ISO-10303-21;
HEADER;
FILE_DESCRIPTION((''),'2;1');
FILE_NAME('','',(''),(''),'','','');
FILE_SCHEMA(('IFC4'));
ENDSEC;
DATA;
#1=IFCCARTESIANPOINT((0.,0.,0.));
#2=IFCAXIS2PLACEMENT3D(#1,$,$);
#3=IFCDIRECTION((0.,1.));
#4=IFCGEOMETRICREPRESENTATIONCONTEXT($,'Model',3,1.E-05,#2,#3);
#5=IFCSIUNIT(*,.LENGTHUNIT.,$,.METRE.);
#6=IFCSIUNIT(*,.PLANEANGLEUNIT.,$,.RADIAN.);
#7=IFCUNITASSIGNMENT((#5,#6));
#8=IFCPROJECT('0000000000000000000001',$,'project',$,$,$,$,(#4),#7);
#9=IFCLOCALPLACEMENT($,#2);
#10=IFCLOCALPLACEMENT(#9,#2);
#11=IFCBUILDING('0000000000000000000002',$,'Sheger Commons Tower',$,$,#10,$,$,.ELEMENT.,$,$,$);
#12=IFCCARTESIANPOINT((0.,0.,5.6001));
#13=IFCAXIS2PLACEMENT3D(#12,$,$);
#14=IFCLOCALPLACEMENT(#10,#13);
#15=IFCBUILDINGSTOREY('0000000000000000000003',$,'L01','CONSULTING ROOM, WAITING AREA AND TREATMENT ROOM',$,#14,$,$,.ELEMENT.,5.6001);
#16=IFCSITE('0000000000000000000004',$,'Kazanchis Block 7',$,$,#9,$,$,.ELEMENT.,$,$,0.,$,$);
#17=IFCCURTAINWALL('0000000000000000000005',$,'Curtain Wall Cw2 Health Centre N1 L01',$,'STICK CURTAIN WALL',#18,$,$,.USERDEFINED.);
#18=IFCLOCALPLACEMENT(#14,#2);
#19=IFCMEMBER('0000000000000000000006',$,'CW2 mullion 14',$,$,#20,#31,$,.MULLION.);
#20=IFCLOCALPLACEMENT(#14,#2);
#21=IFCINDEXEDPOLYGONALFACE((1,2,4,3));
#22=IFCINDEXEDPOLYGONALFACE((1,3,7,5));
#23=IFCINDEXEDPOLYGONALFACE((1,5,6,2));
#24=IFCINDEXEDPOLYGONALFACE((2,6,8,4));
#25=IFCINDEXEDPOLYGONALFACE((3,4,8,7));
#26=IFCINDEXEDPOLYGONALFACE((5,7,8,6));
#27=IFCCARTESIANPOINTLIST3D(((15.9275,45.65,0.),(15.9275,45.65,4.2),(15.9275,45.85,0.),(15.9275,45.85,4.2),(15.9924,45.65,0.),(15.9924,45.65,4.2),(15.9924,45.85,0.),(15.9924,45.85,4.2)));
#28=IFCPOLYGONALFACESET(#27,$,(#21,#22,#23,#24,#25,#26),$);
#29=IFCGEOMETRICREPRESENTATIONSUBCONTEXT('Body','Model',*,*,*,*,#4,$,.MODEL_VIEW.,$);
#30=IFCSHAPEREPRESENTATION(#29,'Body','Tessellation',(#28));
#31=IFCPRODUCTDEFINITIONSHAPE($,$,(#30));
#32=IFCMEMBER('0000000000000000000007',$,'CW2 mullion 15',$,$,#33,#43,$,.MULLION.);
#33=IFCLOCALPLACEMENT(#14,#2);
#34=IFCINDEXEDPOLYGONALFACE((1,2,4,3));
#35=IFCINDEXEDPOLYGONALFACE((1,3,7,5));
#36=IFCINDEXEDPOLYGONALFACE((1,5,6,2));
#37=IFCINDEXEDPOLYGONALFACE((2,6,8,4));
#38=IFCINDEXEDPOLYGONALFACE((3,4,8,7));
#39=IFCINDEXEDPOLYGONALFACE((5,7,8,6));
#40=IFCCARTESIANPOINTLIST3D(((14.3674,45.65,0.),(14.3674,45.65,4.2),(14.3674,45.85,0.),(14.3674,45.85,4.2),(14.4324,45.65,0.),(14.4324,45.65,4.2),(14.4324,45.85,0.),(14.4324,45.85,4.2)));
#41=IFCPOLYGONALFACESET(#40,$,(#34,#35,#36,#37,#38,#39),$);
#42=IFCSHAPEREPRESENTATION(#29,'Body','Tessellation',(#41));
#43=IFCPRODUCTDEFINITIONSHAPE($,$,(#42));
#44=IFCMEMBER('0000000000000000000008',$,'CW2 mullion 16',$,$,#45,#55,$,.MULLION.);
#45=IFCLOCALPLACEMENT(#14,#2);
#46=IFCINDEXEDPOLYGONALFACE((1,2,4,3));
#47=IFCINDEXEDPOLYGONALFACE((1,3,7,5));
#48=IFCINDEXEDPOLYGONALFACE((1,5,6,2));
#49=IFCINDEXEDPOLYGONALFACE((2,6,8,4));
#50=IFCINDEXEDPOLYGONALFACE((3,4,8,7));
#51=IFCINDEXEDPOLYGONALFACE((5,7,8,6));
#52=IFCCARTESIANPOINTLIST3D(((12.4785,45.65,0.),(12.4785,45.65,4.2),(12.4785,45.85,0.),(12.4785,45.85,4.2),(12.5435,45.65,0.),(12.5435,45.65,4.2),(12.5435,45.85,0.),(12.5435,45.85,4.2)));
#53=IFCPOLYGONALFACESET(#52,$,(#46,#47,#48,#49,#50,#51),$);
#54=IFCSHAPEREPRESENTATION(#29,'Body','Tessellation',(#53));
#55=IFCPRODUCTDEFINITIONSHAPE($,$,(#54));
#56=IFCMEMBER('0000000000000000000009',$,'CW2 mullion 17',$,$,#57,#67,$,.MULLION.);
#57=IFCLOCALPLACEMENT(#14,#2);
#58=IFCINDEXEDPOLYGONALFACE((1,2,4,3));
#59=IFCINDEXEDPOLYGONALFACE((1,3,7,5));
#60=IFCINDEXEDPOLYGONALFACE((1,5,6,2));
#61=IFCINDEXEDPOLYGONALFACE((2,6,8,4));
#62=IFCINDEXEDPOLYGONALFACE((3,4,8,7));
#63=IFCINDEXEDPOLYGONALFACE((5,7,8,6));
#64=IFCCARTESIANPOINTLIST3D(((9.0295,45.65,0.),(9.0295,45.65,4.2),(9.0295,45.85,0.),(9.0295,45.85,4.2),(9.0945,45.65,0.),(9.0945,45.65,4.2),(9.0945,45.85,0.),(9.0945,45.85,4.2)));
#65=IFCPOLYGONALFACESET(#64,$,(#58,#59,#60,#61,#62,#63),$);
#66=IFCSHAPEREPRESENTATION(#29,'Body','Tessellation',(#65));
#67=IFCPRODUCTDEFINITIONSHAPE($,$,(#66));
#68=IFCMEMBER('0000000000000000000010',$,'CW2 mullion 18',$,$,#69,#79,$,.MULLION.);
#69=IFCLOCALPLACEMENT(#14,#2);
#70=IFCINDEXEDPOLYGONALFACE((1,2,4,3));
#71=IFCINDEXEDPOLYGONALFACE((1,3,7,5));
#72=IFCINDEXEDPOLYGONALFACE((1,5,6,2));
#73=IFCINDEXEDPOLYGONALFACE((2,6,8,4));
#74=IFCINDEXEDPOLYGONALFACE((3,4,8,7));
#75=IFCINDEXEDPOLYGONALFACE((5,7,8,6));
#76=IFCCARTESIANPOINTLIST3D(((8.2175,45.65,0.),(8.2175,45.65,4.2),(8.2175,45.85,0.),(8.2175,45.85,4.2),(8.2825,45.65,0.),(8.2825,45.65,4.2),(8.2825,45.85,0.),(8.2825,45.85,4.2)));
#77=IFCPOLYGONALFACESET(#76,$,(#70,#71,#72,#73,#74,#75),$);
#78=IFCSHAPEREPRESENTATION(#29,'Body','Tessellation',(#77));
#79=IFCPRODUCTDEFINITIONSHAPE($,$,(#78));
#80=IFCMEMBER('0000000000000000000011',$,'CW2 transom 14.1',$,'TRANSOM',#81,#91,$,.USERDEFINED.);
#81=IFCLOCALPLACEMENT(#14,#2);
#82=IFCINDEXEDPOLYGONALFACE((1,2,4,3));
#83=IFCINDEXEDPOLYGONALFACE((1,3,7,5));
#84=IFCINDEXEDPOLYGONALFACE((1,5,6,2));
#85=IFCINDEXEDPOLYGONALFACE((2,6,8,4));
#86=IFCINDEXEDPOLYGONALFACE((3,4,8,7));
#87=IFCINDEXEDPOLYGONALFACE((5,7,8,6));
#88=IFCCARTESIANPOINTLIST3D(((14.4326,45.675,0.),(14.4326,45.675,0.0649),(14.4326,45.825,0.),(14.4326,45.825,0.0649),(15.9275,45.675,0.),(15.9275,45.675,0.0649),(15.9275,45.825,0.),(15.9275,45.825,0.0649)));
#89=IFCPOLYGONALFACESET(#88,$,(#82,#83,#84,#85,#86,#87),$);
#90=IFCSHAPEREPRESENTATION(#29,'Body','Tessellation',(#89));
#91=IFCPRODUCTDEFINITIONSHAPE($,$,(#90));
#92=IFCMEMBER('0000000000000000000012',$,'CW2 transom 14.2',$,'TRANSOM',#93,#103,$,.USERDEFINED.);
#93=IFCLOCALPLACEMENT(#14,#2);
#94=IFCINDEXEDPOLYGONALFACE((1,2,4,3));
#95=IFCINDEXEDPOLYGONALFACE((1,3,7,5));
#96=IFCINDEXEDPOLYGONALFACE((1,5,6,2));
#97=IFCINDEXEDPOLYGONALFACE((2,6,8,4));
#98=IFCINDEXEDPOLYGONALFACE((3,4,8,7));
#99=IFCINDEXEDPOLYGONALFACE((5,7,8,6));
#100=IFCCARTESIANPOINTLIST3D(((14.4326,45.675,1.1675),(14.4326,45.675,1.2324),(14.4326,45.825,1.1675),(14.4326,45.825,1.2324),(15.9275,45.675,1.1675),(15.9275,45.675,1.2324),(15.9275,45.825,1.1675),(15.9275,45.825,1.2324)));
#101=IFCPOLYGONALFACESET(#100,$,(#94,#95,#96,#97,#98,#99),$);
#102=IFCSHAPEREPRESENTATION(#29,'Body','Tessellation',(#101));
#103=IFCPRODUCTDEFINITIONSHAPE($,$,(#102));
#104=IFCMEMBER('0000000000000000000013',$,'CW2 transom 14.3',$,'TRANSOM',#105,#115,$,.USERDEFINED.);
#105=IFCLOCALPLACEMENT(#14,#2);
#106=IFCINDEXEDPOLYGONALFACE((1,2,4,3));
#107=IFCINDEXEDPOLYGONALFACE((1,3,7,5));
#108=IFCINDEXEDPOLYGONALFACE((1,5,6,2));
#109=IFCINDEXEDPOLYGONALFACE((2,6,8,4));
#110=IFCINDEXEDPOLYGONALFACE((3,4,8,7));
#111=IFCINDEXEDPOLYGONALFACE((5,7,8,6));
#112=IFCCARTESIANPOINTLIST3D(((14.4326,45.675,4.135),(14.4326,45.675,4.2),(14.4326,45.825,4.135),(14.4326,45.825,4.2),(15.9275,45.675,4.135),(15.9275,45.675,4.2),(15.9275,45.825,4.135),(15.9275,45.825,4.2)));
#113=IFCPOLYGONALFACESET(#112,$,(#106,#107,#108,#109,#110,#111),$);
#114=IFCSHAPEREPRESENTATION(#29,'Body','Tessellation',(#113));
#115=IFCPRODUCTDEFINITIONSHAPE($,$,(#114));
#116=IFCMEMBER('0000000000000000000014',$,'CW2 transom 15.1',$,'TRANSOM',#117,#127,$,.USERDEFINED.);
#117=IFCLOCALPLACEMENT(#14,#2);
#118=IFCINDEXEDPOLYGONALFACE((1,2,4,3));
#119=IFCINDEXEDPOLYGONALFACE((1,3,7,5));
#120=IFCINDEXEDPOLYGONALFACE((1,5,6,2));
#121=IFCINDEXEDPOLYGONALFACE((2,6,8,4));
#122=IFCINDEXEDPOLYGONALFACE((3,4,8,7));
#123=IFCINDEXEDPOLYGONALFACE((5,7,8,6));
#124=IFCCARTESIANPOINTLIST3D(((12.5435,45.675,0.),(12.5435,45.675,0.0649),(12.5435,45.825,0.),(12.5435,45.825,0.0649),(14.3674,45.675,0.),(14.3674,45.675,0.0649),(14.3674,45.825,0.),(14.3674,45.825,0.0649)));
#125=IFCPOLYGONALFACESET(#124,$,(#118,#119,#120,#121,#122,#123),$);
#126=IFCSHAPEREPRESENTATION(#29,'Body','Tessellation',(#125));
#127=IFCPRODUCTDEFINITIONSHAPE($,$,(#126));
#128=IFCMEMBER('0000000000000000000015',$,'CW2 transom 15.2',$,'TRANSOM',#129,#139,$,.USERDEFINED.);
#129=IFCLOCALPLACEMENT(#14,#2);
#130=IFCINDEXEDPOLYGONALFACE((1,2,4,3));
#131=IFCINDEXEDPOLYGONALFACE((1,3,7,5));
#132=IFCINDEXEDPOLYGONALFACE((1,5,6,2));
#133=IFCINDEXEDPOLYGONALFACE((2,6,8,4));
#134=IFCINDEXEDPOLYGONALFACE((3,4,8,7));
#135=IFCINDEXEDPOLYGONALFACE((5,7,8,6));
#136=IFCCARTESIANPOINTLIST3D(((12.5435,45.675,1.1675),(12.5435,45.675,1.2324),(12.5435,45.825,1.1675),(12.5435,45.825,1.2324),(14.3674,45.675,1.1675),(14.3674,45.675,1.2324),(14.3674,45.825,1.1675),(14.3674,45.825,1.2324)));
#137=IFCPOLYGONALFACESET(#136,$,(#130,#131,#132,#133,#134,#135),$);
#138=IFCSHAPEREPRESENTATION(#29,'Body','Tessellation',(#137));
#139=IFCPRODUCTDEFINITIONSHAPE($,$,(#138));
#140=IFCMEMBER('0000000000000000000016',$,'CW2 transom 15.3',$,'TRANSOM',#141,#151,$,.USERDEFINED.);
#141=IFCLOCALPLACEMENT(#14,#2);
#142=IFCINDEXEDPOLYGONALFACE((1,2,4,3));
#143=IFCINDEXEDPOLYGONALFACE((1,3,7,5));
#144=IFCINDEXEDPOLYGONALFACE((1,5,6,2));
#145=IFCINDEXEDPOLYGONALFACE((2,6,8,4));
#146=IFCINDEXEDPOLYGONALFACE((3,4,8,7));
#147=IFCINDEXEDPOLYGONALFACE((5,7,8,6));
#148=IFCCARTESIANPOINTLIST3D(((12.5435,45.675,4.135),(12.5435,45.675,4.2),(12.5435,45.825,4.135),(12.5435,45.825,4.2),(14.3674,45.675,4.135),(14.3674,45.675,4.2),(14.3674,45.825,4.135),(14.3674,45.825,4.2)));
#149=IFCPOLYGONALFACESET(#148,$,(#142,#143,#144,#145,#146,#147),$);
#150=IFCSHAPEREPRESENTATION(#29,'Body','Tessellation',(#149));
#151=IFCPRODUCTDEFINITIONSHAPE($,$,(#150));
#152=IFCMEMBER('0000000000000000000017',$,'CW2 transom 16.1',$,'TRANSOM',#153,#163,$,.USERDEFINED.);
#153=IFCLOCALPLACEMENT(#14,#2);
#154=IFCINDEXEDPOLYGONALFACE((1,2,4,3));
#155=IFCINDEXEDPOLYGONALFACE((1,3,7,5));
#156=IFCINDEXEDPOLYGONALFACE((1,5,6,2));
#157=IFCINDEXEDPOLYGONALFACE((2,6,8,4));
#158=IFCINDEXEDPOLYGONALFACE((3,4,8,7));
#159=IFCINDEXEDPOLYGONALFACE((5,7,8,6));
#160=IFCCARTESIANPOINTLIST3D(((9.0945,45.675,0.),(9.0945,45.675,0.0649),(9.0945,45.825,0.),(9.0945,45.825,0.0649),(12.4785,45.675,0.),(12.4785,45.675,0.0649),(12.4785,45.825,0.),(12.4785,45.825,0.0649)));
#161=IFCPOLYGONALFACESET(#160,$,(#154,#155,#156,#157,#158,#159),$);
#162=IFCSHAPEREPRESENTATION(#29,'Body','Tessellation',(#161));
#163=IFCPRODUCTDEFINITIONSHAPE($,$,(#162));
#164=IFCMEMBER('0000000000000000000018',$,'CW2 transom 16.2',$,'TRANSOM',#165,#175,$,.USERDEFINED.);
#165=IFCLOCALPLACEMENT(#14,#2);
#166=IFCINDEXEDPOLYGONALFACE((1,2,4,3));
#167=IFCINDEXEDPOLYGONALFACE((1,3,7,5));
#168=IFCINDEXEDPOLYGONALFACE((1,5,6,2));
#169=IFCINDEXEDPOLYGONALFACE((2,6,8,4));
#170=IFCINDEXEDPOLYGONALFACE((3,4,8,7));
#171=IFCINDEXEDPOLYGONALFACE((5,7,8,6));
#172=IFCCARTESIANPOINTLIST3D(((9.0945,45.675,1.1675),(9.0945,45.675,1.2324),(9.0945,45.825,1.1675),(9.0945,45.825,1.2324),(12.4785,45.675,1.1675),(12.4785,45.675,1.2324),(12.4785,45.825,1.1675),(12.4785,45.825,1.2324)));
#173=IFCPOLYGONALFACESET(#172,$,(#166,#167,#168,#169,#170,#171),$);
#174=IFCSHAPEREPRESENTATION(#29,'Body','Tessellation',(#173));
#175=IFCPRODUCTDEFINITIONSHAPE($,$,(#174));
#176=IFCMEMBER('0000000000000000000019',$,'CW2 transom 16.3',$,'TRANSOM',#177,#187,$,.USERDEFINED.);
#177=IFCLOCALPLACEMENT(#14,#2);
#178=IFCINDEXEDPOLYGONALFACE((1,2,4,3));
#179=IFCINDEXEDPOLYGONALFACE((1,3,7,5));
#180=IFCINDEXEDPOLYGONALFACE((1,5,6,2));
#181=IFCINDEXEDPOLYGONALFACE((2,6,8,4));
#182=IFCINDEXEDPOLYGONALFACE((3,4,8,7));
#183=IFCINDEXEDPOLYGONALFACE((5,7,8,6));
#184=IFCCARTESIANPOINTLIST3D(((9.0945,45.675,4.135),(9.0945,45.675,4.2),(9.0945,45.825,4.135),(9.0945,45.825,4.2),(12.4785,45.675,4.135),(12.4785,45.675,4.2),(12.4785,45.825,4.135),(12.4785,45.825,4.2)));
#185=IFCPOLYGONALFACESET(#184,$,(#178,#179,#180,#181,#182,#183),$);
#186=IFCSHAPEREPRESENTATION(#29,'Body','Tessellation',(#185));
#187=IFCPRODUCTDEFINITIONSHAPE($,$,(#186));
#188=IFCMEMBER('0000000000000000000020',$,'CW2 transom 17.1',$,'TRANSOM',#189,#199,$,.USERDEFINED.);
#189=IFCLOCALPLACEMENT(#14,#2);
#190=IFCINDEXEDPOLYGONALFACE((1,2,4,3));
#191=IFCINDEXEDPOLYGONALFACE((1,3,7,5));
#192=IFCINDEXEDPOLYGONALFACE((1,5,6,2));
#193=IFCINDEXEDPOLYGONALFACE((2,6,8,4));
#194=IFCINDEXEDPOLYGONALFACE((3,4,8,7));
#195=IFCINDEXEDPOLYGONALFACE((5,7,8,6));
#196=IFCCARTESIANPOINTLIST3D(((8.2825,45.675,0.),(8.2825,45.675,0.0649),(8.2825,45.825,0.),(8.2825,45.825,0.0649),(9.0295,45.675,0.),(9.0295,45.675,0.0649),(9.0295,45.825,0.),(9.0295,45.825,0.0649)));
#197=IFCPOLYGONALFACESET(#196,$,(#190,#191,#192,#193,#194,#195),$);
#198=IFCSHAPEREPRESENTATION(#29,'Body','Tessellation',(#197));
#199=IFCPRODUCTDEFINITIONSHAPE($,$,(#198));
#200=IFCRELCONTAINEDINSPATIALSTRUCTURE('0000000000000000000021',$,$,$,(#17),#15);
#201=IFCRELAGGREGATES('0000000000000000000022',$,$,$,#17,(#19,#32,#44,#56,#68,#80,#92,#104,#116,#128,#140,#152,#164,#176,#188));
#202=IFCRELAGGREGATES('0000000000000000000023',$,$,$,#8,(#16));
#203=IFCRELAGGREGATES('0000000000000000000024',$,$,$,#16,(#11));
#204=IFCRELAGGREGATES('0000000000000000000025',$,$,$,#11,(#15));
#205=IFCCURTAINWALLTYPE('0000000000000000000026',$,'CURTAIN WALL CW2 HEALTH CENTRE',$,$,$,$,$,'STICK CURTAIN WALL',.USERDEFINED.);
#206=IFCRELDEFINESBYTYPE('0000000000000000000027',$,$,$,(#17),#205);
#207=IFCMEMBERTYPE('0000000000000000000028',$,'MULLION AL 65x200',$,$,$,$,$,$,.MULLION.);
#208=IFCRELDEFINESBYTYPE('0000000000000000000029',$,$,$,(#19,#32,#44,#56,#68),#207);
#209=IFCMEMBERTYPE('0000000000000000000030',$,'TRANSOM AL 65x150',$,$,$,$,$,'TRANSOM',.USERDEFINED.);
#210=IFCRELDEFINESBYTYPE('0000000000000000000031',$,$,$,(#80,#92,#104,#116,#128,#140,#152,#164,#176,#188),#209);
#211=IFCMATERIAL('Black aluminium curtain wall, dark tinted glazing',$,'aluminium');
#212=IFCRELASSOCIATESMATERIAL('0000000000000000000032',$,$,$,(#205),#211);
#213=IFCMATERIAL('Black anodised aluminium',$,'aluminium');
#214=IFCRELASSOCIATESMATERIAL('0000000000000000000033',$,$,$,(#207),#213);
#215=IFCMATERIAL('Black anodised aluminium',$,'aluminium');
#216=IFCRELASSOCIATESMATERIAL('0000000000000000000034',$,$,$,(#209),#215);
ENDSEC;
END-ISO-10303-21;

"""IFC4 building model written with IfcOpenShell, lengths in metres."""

from ifc_helpers import new_model, si_unit, direction, frame, origin, origin_2d, place, context, subcontext, project, spatial, rectangle, extrude, material, material_profile, profile_set, type_object, element, aggregate, save


model = new_model("IFC4")

# Units and contexts
model_context = context("Model", 3, precision=1e-05, world=origin(), true_north=direction((0.0, 1.0)))
body_context = subcontext(model_context, "Body", "Model", "MODEL_VIEW")
ifc_project = project(units=[si_unit("LENGTHUNIT", "METRE"), si_unit("PLANEANGLEUNIT", "RADIAN")], contexts=[model_context])

# Site, building, storey
site_placement = place(None, origin())
site = spatial("IfcSite", under=ifc_project, at=site_placement, Name="Kazanchis Block 7", CompositionType="ELEMENT", RefElevation=0.0)
building_placement = place(site_placement, origin())
building = spatial("IfcBuilding", under=site, at=building_placement, Name="Sheger Commons Tower", CompositionType="ELEMENT")
storey_placement = place(building_placement, frame((0.0, 0.0, 5.6001)))
storey = spatial("IfcBuildingStorey", under=building, at=storey_placement, Name="L01", Description="CONSULTING ROOM, WAITING AREA AND TREATMENT ROOM", CompositionType="ELEMENT", Elevation=5.6001)

# Curtain wall, members
ifc_material_1 = material(Name="Black aluminium curtain wall, dark tinted glazing", Category="aluminium")
curtain_wall_type = type_object("IfcCurtainWallType", Name="CURTAIN WALL CW2 HEALTH CENTRE", ElementType="STICK CURTAIN WALL", PredefinedType="USERDEFINED", material=ifc_material_1)
curtain_wall_placement = place(storey_placement, origin())
curtain_wall = element("IfcCurtainWall", 1, at=curtain_wall_placement, inside=storey, type_object=curtain_wall_type, Name="Curtain Wall Cw2 Health Centre N1 L01", ObjectType="STICK CURTAIN WALL", PredefinedType="USERDEFINED")
ifc_material_2 = material(Name="Black anodised aluminium", Category="aluminium")
ifc_material_profile_1 = material_profile(ifc_material_2, rectangle(XDim=0.2, YDim=0.0649, at=origin_2d()), Name="AL 65x200")
ifc_profile_set_1 = profile_set([ifc_material_profile_1], Name="Black anodised aluminium")
member_type_1 = type_object("IfcMemberType", Name="MULLION AL 65x200", PredefinedType="MULLION", material=ifc_profile_set_1)
member_1_placement = place(storey_placement, frame((15.96, 45.75, 0.0), z_axis=(0.0, 0.0, 1.0), x_axis=(0.0, -1.0, 0.0)))
member_1 = element("IfcMember", 2, at=member_1_placement, type_object=member_type_1, Name="CW2 mullion 14", PredefinedType="MULLION", context=body_context, shape_type="SweptSolid", body=[
    extrude(rectangle(XDim=0.2, YDim=0.0649, at=origin_2d()), origin(), (0.0, 0.0, 1.0), 4.2),
])
member_2_placement = place(storey_placement, frame((14.3999, 45.75, 0.0), z_axis=(0.0, 0.0, 1.0), x_axis=(0.0, -1.0, 0.0)))
member_2 = element("IfcMember", 3, at=member_2_placement, type_object=member_type_1, Name="CW2 mullion 15", PredefinedType="MULLION", context=body_context, shape_type="SweptSolid", body=[
    extrude(rectangle(XDim=0.2, YDim=0.0649, at=origin_2d()), origin(), (0.0, 0.0, 1.0), 4.2),
])
member_3_placement = place(storey_placement, frame((12.511, 45.75, 0.0), z_axis=(0.0, 0.0, 1.0), x_axis=(0.0, -1.0, 0.0)))
member_3 = element("IfcMember", 4, at=member_3_placement, type_object=member_type_1, Name="CW2 mullion 16", PredefinedType="MULLION", context=body_context, shape_type="SweptSolid", body=[
    extrude(rectangle(XDim=0.2, YDim=0.0649, at=origin_2d()), origin(), (0.0, 0.0, 1.0), 4.2),
])
member_4_placement = place(storey_placement, frame((9.062, 45.75, 0.0), z_axis=(0.0, 0.0, 1.0), x_axis=(0.0, -1.0, 0.0)))
member_4 = element("IfcMember", 5, at=member_4_placement, type_object=member_type_1, Name="CW2 mullion 17", PredefinedType="MULLION", context=body_context, shape_type="SweptSolid", body=[
    extrude(rectangle(XDim=0.2, YDim=0.0649, at=origin_2d()), origin(), (0.0, 0.0, 1.0), 4.2),
])
member_5_placement = place(storey_placement, frame((8.25, 45.75, 0.0), z_axis=(0.0, 0.0, 1.0), x_axis=(0.0, -1.0, 0.0)))
member_5 = element("IfcMember", 6, at=member_5_placement, type_object=member_type_1, Name="CW2 mullion 18", PredefinedType="MULLION", context=body_context, shape_type="SweptSolid", body=[
    extrude(rectangle(XDim=0.2, YDim=0.0649, at=origin_2d()), origin(), (0.0, 0.0, 1.0), 4.2),
])
ifc_material_3 = material(Name="Black anodised aluminium", Category="aluminium")
ifc_material_profile_2 = material_profile(ifc_material_3, rectangle(XDim=0.1499, YDim=0.0649, at=origin_2d()), Name="AL 65x150")
ifc_profile_set_2 = profile_set([ifc_material_profile_2], Name="Black anodised aluminium")
member_type_2 = type_object("IfcMemberType", Name="TRANSOM AL 65x150", ElementType="TRANSOM", PredefinedType="USERDEFINED", material=ifc_profile_set_2)
member_6_placement = place(storey_placement, frame((15.9275, 45.75, 0.0325), z_axis=(-1.0, 0.0, 0.0), x_axis=(0.0, -1.0, 0.0)))
member_6 = element("IfcMember", 7, at=member_6_placement, type_object=member_type_2, Name="CW2 transom 14.1", ObjectType="TRANSOM", PredefinedType="USERDEFINED", context=body_context, shape_type="SweptSolid", body=[
    extrude(rectangle(XDim=0.1499, YDim=0.0649, at=origin_2d()), origin(), (0.0, 0.0, 1.0), 1.4949),
])
member_7_placement = place(storey_placement, frame((15.9275, 45.75, 1.2), z_axis=(-1.0, 0.0, 0.0), x_axis=(0.0, -1.0, 0.0)))
member_7 = element("IfcMember", 8, at=member_7_placement, type_object=member_type_2, Name="CW2 transom 14.2", ObjectType="TRANSOM", PredefinedType="USERDEFINED", context=body_context, shape_type="SweptSolid", body=[
    extrude(rectangle(XDim=0.1499, YDim=0.0649, at=origin_2d()), origin(), (0.0, 0.0, 1.0), 1.4949),
])
member_8_placement = place(storey_placement, frame((15.9275, 45.75, 4.1675), z_axis=(-1.0, 0.0, 0.0), x_axis=(0.0, -1.0, 0.0)))
member_8 = element("IfcMember", 9, at=member_8_placement, type_object=member_type_2, Name="CW2 transom 14.3", ObjectType="TRANSOM", PredefinedType="USERDEFINED", context=body_context, shape_type="SweptSolid", body=[
    extrude(rectangle(XDim=0.1499, YDim=0.0649, at=origin_2d()), origin(), (0.0, 0.0, 1.0), 1.4949),
])
member_9_placement = place(storey_placement, frame((14.3674, 45.75, 0.0325), z_axis=(-1.0, 0.0, 0.0), x_axis=(0.0, -1.0, 0.0)))
member_9 = element("IfcMember", 10, at=member_9_placement, type_object=member_type_2, Name="CW2 transom 15.1", ObjectType="TRANSOM", PredefinedType="USERDEFINED", context=body_context, shape_type="SweptSolid", body=[
    extrude(rectangle(XDim=0.1499, YDim=0.0649, at=origin_2d()), origin(), (0.0, 0.0, 1.0), 1.824),
])
member_10_placement = place(storey_placement, frame((14.3674, 45.75, 1.2), z_axis=(-1.0, 0.0, 0.0), x_axis=(0.0, -1.0, 0.0)))
member_10 = element("IfcMember", 11, at=member_10_placement, type_object=member_type_2, Name="CW2 transom 15.2", ObjectType="TRANSOM", PredefinedType="USERDEFINED", context=body_context, shape_type="SweptSolid", body=[
    extrude(rectangle(XDim=0.1499, YDim=0.0649, at=origin_2d()), origin(), (0.0, 0.0, 1.0), 1.824),
])
member_11_placement = place(storey_placement, frame((14.3674, 45.75, 4.1675), z_axis=(-1.0, 0.0, 0.0), x_axis=(0.0, -1.0, 0.0)))
member_11 = element("IfcMember", 12, at=member_11_placement, type_object=member_type_2, Name="CW2 transom 15.3", ObjectType="TRANSOM", PredefinedType="USERDEFINED", context=body_context, shape_type="SweptSolid", body=[
    extrude(rectangle(XDim=0.1499, YDim=0.0649, at=origin_2d()), origin(), (0.0, 0.0, 1.0), 1.824),
])
member_12_placement = place(storey_placement, frame((12.4785, 45.75, 0.0325), z_axis=(-1.0, 0.0, 0.0), x_axis=(0.0, -1.0, 0.0)))
member_12 = element("IfcMember", 13, at=member_12_placement, type_object=member_type_2, Name="CW2 transom 16.1", ObjectType="TRANSOM", PredefinedType="USERDEFINED", context=body_context, shape_type="SweptSolid", body=[
    extrude(rectangle(XDim=0.1499, YDim=0.0649, at=origin_2d()), origin(), (0.0, 0.0, 1.0), 3.384),
])
member_13_placement = place(storey_placement, frame((12.4785, 45.75, 1.2), z_axis=(-1.0, 0.0, 0.0), x_axis=(0.0, -1.0, 0.0)))
member_13 = element("IfcMember", 14, at=member_13_placement, type_object=member_type_2, Name="CW2 transom 16.2", ObjectType="TRANSOM", PredefinedType="USERDEFINED", context=body_context, shape_type="SweptSolid", body=[
    extrude(rectangle(XDim=0.1499, YDim=0.0649, at=origin_2d()), origin(), (0.0, 0.0, 1.0), 3.384),
])
member_14_placement = place(storey_placement, frame((12.4785, 45.75, 4.1675), z_axis=(-1.0, 0.0, 0.0), x_axis=(0.0, -1.0, 0.0)))
member_14 = element("IfcMember", 15, at=member_14_placement, type_object=member_type_2, Name="CW2 transom 16.3", ObjectType="TRANSOM", PredefinedType="USERDEFINED", context=body_context, shape_type="SweptSolid", body=[
    extrude(rectangle(XDim=0.1499, YDim=0.0649, at=origin_2d()), origin(), (0.0, 0.0, 1.0), 3.384),
])
member_15_placement = place(storey_placement, frame((9.0295, 45.75, 0.0325), z_axis=(-1.0, 0.0, 0.0), x_axis=(0.0, -1.0, 0.0)))
member_15 = element("IfcMember", 16, at=member_15_placement, type_object=member_type_2, Name="CW2 transom 17.1", ObjectType="TRANSOM", PredefinedType="USERDEFINED", context=body_context, shape_type="SweptSolid", body=[
    extrude(rectangle(XDim=0.1499, YDim=0.0649, at=origin_2d()), origin(), (0.0, 0.0, 1.0), 0.7471),
])
aggregate(curtain_wall, [member_1, member_2, member_3, member_4, member_5, member_6, member_7, member_8, member_9, member_10, member_11, member_12, member_13, member_14, member_15])

save(model, "model.ifc")
